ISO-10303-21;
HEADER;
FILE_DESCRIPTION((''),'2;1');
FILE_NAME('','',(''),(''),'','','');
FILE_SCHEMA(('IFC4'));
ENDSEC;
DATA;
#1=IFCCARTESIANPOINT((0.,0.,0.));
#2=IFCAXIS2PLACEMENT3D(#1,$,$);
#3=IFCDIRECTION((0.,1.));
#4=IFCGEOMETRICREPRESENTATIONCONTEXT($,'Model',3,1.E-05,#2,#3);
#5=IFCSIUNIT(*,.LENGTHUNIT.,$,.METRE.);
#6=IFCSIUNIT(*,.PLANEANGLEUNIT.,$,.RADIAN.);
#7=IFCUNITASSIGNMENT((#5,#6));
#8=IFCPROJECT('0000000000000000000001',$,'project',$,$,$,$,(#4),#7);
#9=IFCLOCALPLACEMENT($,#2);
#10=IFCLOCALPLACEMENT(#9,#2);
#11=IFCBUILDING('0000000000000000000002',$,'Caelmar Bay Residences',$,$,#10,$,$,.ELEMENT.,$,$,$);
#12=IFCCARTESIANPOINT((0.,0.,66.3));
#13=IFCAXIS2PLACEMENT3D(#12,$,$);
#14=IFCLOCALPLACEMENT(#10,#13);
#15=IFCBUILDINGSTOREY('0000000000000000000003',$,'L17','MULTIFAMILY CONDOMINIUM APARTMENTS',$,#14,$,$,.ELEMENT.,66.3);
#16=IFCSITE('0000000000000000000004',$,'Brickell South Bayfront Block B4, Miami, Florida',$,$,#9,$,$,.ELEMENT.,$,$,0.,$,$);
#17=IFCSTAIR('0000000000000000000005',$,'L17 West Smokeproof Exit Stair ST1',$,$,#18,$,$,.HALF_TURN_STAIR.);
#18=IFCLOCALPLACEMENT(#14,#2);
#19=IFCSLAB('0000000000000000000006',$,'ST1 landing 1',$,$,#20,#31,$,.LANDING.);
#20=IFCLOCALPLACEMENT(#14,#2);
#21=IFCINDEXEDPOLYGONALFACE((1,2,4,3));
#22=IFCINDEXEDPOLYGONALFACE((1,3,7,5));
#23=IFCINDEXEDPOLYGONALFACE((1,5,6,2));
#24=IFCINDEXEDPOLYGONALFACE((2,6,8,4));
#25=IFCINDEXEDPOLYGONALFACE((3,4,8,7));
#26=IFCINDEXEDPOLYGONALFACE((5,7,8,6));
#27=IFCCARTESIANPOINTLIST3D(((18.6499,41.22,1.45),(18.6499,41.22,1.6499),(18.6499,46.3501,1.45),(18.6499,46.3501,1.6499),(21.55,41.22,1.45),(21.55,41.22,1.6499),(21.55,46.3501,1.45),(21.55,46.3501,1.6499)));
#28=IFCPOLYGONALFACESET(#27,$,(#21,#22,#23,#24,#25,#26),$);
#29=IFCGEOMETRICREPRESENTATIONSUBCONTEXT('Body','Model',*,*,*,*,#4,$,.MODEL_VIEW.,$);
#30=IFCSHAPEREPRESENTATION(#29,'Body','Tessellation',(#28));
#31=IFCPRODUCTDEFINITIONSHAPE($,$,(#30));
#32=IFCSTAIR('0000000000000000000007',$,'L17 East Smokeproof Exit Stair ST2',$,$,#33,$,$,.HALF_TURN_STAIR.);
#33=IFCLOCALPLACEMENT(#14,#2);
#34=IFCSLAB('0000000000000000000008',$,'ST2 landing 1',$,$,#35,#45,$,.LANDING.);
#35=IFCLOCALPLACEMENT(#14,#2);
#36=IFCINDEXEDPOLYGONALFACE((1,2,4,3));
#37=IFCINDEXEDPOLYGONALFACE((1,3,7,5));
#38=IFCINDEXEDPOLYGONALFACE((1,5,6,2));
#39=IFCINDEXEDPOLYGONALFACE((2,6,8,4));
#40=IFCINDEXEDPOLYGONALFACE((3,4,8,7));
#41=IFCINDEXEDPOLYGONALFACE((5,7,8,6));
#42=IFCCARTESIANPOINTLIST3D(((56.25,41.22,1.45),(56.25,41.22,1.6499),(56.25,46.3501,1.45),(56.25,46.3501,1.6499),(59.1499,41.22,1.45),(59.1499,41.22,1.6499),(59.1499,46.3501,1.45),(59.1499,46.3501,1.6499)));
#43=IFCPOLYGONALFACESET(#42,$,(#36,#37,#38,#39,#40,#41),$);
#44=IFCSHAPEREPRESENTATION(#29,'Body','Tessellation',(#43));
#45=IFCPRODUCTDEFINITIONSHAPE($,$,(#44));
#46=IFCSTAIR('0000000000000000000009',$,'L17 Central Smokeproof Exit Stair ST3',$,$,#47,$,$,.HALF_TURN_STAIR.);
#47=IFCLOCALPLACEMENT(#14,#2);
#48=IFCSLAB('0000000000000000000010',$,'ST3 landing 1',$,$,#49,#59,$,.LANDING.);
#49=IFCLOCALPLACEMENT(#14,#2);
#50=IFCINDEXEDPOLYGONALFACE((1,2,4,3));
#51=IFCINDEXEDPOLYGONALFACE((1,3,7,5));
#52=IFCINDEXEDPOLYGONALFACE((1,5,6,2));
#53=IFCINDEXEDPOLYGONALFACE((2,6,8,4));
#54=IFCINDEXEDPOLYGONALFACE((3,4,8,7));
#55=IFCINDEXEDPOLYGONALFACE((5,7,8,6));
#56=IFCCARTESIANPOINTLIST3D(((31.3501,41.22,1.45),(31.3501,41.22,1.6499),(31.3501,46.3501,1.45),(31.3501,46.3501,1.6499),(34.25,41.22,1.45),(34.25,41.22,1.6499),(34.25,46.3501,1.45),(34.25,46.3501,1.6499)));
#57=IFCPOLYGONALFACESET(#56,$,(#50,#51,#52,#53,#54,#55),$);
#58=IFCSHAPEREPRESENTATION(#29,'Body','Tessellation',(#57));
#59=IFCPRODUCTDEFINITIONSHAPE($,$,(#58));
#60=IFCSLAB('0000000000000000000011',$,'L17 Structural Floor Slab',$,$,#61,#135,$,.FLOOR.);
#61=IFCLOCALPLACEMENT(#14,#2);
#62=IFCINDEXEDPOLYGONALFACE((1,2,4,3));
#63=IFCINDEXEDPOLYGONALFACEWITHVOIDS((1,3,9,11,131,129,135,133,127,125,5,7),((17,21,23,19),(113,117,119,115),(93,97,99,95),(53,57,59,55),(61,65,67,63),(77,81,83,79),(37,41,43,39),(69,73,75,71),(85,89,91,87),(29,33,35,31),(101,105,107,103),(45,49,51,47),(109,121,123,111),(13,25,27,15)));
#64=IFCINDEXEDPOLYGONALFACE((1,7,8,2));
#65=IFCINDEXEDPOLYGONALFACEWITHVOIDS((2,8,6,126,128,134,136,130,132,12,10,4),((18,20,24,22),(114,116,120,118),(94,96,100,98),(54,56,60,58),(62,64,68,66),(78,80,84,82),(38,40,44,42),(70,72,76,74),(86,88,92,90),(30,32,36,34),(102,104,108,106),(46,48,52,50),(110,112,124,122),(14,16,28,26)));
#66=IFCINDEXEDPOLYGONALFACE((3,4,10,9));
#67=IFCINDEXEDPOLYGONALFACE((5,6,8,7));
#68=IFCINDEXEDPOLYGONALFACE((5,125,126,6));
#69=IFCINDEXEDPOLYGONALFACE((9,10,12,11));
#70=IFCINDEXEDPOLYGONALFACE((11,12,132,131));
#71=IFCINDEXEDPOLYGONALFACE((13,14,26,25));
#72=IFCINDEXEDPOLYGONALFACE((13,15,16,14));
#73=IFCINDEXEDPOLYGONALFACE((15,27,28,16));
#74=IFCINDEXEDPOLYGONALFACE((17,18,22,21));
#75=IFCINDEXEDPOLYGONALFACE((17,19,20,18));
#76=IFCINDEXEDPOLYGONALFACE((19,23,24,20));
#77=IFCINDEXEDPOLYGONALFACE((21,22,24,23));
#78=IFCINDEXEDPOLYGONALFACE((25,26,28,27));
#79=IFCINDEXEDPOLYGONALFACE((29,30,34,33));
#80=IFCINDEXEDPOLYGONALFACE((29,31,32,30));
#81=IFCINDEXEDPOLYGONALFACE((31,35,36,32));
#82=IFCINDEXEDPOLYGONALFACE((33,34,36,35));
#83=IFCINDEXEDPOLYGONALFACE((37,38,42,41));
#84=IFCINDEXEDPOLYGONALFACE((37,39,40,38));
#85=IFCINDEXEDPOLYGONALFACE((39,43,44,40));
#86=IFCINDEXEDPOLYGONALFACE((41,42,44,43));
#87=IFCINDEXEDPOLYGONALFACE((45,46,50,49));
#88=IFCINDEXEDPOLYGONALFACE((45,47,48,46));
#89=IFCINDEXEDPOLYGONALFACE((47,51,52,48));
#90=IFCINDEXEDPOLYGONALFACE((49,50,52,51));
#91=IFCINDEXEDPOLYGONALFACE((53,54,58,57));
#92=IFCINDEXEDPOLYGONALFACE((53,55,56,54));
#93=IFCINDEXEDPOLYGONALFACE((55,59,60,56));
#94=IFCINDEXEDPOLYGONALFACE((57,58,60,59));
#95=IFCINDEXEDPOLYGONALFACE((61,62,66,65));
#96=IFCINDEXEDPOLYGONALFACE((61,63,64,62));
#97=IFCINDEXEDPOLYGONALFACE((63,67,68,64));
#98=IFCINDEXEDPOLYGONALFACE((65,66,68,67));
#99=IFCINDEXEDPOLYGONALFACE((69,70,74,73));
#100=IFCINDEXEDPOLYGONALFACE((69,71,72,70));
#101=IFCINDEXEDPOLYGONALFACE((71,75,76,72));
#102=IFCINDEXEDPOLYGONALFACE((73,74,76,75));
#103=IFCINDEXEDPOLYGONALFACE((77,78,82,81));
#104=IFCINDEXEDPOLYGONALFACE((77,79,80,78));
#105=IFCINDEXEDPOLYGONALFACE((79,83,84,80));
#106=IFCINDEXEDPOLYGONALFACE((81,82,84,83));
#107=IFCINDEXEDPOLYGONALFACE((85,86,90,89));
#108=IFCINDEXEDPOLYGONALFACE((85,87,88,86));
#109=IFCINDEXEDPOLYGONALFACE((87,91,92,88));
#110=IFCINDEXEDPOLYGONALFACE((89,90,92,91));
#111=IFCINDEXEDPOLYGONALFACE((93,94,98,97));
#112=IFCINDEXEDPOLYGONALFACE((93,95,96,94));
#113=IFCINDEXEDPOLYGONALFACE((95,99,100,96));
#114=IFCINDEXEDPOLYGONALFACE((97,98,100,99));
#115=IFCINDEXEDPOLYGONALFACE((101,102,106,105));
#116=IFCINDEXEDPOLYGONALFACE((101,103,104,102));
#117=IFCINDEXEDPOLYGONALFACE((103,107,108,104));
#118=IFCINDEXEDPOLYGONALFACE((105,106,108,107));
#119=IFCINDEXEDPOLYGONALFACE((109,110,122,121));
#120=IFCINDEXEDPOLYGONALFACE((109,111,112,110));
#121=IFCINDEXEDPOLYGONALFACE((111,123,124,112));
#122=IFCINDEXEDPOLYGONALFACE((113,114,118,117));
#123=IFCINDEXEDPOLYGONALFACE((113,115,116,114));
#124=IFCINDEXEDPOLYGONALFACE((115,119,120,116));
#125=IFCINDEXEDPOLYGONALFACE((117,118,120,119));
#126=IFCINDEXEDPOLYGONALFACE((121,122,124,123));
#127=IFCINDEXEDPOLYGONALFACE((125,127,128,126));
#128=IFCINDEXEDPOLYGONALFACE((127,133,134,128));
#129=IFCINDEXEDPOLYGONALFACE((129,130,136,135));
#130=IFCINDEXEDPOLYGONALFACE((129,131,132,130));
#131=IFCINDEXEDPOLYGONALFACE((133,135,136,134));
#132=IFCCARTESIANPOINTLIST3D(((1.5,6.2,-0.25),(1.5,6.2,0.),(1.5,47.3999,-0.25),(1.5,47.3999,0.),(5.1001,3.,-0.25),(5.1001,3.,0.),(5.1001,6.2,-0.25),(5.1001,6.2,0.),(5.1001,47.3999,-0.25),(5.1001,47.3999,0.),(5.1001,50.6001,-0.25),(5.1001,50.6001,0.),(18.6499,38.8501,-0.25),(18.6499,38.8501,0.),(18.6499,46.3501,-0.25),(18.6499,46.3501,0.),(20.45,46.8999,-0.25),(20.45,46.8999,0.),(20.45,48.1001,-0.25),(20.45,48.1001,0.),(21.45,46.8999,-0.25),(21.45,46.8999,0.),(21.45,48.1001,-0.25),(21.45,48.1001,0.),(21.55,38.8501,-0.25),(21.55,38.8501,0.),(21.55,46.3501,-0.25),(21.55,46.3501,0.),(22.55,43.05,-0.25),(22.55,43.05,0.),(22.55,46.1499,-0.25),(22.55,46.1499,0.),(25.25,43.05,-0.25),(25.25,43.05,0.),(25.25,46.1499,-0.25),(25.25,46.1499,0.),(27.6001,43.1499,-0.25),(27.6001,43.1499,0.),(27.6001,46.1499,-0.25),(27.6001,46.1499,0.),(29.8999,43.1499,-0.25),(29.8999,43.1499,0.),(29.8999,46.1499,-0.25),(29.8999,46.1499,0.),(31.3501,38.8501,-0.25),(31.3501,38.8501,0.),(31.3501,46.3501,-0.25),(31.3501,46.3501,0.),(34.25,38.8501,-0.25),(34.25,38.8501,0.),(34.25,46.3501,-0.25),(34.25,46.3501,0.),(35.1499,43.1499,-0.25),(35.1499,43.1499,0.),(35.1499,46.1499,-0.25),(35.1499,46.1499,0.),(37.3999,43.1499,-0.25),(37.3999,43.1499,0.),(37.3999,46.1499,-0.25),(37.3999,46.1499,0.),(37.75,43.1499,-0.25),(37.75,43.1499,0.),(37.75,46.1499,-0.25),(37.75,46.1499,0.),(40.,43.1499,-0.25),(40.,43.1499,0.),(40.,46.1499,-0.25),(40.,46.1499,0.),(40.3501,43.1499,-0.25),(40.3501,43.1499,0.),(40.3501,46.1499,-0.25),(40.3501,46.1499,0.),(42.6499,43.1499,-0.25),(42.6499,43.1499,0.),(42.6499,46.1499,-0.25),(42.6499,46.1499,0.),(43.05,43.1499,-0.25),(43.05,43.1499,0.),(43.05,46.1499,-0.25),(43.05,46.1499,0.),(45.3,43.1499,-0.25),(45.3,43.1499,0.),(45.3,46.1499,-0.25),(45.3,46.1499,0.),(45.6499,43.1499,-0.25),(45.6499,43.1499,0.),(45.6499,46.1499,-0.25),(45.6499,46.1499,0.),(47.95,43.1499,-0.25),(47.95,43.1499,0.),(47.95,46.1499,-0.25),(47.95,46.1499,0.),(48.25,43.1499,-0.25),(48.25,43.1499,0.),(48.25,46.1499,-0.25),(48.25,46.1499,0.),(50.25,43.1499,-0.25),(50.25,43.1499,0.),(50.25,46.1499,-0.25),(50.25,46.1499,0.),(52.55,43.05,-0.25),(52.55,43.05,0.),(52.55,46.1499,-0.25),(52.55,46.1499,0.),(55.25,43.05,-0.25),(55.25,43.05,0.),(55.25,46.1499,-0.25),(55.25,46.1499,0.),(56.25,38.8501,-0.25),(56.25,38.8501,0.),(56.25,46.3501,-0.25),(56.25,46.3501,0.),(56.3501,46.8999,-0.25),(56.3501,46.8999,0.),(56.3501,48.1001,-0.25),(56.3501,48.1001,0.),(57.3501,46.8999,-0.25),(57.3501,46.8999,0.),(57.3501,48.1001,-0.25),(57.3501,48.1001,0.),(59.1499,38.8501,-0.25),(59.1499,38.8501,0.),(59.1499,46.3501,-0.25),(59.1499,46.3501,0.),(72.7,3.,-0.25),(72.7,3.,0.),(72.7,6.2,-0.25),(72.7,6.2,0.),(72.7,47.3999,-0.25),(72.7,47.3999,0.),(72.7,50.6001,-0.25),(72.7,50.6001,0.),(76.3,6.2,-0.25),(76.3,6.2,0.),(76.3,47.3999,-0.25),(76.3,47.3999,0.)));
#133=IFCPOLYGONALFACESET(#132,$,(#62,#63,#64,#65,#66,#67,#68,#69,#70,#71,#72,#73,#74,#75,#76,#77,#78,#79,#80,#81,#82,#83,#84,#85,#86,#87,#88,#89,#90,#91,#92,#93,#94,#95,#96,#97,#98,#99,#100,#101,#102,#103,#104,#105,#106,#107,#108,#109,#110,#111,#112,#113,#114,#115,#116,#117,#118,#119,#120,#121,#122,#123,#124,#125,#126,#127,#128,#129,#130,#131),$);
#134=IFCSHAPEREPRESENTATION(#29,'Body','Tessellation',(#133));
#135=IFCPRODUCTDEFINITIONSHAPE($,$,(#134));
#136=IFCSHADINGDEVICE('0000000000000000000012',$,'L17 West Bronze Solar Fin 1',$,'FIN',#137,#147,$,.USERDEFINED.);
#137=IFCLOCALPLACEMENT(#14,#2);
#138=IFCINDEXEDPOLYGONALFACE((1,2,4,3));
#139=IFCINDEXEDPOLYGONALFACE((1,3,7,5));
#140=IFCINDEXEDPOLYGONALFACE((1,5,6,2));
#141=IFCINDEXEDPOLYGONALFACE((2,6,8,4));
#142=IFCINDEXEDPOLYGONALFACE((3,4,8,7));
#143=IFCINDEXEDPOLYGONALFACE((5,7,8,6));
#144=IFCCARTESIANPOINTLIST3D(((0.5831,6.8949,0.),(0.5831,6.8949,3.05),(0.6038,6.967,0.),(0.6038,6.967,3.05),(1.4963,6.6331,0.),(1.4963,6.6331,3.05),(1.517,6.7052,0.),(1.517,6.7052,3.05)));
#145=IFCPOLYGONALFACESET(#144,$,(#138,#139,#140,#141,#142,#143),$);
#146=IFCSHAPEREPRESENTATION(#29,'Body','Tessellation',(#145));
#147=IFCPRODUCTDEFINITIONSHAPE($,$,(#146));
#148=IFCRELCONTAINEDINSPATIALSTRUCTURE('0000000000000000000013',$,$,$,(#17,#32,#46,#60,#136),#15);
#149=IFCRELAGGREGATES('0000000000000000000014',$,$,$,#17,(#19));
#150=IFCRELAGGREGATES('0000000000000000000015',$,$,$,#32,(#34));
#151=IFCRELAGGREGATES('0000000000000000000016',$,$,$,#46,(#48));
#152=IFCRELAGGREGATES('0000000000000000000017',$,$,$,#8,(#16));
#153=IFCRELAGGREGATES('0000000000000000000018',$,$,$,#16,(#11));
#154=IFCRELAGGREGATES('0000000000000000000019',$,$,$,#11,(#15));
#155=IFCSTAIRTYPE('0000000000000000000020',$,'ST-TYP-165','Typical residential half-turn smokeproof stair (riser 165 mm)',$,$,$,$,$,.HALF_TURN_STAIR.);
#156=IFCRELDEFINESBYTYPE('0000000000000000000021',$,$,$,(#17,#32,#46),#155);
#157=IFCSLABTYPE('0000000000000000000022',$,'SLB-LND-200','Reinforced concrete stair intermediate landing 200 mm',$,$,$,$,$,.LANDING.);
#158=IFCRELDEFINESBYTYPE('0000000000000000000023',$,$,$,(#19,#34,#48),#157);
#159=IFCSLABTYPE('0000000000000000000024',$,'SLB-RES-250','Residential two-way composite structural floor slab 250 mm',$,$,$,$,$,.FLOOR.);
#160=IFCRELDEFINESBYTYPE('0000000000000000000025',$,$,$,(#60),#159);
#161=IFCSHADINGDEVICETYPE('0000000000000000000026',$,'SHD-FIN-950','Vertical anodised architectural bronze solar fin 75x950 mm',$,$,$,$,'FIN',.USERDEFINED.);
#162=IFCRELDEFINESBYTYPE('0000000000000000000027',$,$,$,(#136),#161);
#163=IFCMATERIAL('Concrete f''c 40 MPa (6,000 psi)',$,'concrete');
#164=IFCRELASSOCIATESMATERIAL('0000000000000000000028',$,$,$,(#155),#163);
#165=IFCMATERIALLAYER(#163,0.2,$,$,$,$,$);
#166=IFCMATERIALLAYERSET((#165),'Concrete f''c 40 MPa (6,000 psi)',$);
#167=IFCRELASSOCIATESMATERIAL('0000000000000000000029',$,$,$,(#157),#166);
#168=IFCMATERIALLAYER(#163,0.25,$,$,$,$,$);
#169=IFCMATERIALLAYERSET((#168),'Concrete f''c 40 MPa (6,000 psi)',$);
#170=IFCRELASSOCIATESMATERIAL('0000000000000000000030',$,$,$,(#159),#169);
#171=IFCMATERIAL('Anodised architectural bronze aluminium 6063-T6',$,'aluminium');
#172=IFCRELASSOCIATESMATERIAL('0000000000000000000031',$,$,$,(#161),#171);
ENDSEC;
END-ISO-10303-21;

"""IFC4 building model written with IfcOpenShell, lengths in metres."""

from ifc_helpers import new_model, si_unit, direction, frame, origin, origin_2d, place, context, subcontext, project, spatial, polyline, rectangle, outline, extrude, material, layer, layer_set, material_profile, profile_set, type_object, element, aggregate, save


model = new_model("IFC4")

# Units and contexts
model_context = context("Model", 3, precision=1e-05, world=origin(), true_north=direction((0.0, 1.0)))
body_context = subcontext(model_context, "Body", "Model", "MODEL_VIEW")
ifc_project = project(units=[si_unit("LENGTHUNIT", "METRE"), si_unit("PLANEANGLEUNIT", "RADIAN")], contexts=[model_context])

# Site, building, storey
site_placement = place(None, origin())
site = spatial("IfcSite", under=ifc_project, at=site_placement, Name="Brickell South Bayfront Block B4, Miami, Florida", CompositionType="ELEMENT", RefElevation=0.0)
building_placement = place(site_placement, origin())
building = spatial("IfcBuilding", under=site, at=building_placement, Name="Caelmar Bay Residences", CompositionType="ELEMENT")
storey_placement = place(building_placement, frame((0.0, 0.0, 66.3)))
storey = spatial("IfcBuildingStorey", under=building, at=storey_placement, Name="L17", Description="MULTIFAMILY CONDOMINIUM APARTMENTS", CompositionType="ELEMENT", Elevation=66.3)

# Shared definitions
ifc_material_1 = material(Name="Concrete f'c 40 MPa (6,000 psi)", Category="concrete")

# Stairs, slabs
stair_type = type_object("IfcStairType", Name="ST-TYP-165", Description="Typical residential half-turn smokeproof stair (riser 165 mm)", PredefinedType="HALF_TURN_STAIR", material=ifc_material_1)
stair_1_placement = place(storey_placement, origin())
stair_1 = element("IfcStair", 1, at=stair_1_placement, inside=storey, type_object=stair_type, Name="L17 West Smokeproof Exit Stair ST1", PredefinedType="HALF_TURN_STAIR")
ifc_layer_1 = layer(ifc_material_1, 0.2)
ifc_layer_set_1 = layer_set([ifc_layer_1], Name="Concrete f'c 40 MPa (6,000 psi)")
slab_type_1 = type_object("IfcSlabType", Name="SLB-LND-200", Description="Reinforced concrete stair intermediate landing 200 mm", PredefinedType="LANDING", material=ifc_layer_set_1)
slab_1_placement = place(storey_placement, frame((0.0, 0.0, 1.45)))
slab_1 = element("IfcSlab", 2, at=slab_1_placement, type_object=slab_type_1, Name="ST1 landing 1", PredefinedType="LANDING", context=body_context, shape_type="SweptSolid", body=[
    extrude(outline(polyline([(21.55, 41.22), (21.55, 46.3501), (18.6499, 46.3501), (18.6499, 41.22), (21.55, 41.22)])), origin(), (0.0, 0.0, 1.0), 0.2),
])
aggregate(stair_1, [slab_1])
stair_2_placement = place(storey_placement, origin())
stair_2 = element("IfcStair", 3, at=stair_2_placement, inside=storey, type_object=stair_type, Name="L17 East Smokeproof Exit Stair ST2", PredefinedType="HALF_TURN_STAIR")
slab_2_placement = place(storey_placement, frame((0.0, 0.0, 1.45)))
slab_2 = element("IfcSlab", 4, at=slab_2_placement, type_object=slab_type_1, Name="ST2 landing 1", PredefinedType="LANDING", context=body_context, shape_type="SweptSolid", body=[
    extrude(outline(polyline([(59.1499, 41.22), (59.1499, 46.3501), (56.25, 46.3501), (56.25, 41.22), (59.1499, 41.22)])), origin(), (0.0, 0.0, 1.0), 0.2),
])
aggregate(stair_2, [slab_2])
stair_3_placement = place(storey_placement, origin())
stair_3 = element("IfcStair", 5, at=stair_3_placement, inside=storey, type_object=stair_type, Name="L17 Central Smokeproof Exit Stair ST3", PredefinedType="HALF_TURN_STAIR")
slab_3_placement = place(storey_placement, frame((0.0, 0.0, 1.45)))
slab_3 = element("IfcSlab", 6, at=slab_3_placement, type_object=slab_type_1, Name="ST3 landing 1", PredefinedType="LANDING", context=body_context, shape_type="SweptSolid", body=[
    extrude(outline(polyline([(34.25, 41.22), (34.25, 46.3501), (31.3501, 46.3501), (31.3501, 41.22), (34.25, 41.22)])), origin(), (0.0, 0.0, 1.0), 0.2),
])
aggregate(stair_3, [slab_3])

# Slab
ifc_layer_2 = layer(ifc_material_1, 0.25)
ifc_layer_set_2 = layer_set([ifc_layer_2], Name="Concrete f'c 40 MPa (6,000 psi)")
slab_type_2 = type_object("IfcSlabType", Name="SLB-RES-250", Description="Residential two-way composite structural floor slab 250 mm", PredefinedType="FLOOR", material=ifc_layer_set_2)
slab_4_placement = place(storey_placement, frame((0.0, 0.0, -0.25)))
element("IfcSlab", 7, at=slab_4_placement, inside=storey, type_object=slab_type_2, Name="L17 Structural Floor Slab", PredefinedType="FLOOR", context=body_context, shape_type="SweptSolid", body=[
    extrude(outline(polyline([(5.1001, 3.0), (72.7, 3.0), (72.7, 6.2), (76.3, 6.2), (76.3, 47.3999), (72.7, 47.3999), (72.7, 50.6001), (5.1001, 50.6001), (5.1001, 47.3999), (1.5, 47.3999), (1.5, 6.2), (5.1001, 6.2), (5.1001, 3.0)]), holes=[polyline([(18.6499, 38.8501), (21.55, 38.8501), (21.55, 46.3501), (18.6499, 46.3501), (18.6499, 38.8501)]), polyline([(56.25, 38.8501), (59.1499, 38.8501), (59.1499, 46.3501), (56.25, 46.3501), (56.25, 38.8501)]), polyline([(31.3501, 38.8501), (34.25, 38.8501), (34.25, 46.3501), (31.3501, 46.3501), (31.3501, 38.8501)]), polyline([(22.55, 43.05), (25.25, 43.05), (25.25, 46.1499), (22.55, 46.1499), (22.55, 43.05)]), polyline([(52.55, 43.05), (55.25, 43.05), (55.25, 46.1499), (52.55, 46.1499), (52.55, 43.05)]), polyline([(35.1499, 43.1499), (37.3999, 43.1499), (37.3999, 46.1499), (35.1499, 46.1499), (35.1499, 43.1499)]), polyline([(37.75, 43.1499), (40.0, 43.1499), (40.0, 46.1499), (37.75, 46.1499), (37.75, 43.1499)]), polyline([(40.3501, 43.1499), (42.6499, 43.1499), (42.6499, 46.1499), (40.3501, 46.1499), (40.3501, 43.1499)]), polyline([(43.05, 43.1499), (45.3, 43.1499), (45.3, 46.1499), (43.05, 46.1499), (43.05, 43.1499)]), polyline([(45.6499, 43.1499), (47.95, 43.1499), (47.95, 46.1499), (45.6499, 46.1499), (45.6499, 43.1499)]), polyline([(48.25, 43.1499), (50.25, 43.1499), (50.25, 46.1499), (48.25, 46.1499), (48.25, 43.1499)]), polyline([(27.6001, 43.1499), (29.8999, 43.1499), (29.8999, 46.1499), (27.6001, 46.1499), (27.6001, 43.1499)]), polyline([(20.45, 46.8999), (21.45, 46.8999), (21.45, 48.1001), (20.45, 48.1001), (20.45, 46.8999)]), polyline([(56.3501, 46.8999), (57.3501, 46.8999), (57.3501, 48.1001), (56.3501, 48.1001), (56.3501, 46.8999)])]), origin(), (0.0, 0.0, 1.0), 0.25),
])

# Shading device
ifc_material_2 = material(Name="Anodised architectural bronze aluminium 6063-T6", Category="aluminium")
ifc_material_profile_1 = material_profile(ifc_material_2, rectangle(XDim=0.075, YDim=0.95, at=origin_2d()), Name="BRONZE-FIN-75X950")
ifc_profile_set_1 = profile_set([ifc_material_profile_1], Name="Anodised architectural bronze aluminium 6063-T6")
shading_device_type = type_object("IfcShadingDeviceType", Name="SHD-FIN-950", Description="Vertical anodised architectural bronze solar fin 75x950 mm", ElementType="FIN", PredefinedType="USERDEFINED", material=ifc_profile_set_1)
shading_device_placement = place(storey_placement, frame((1.05, 6.8, 0.0), z_axis=(0.0, 0.0, 1.0), x_axis=(0.275637, 0.961262, 0.0)))
element("IfcShadingDevice", 8, at=shading_device_placement, inside=storey, type_object=shading_device_type, Name="L17 West Bronze Solar Fin 1", ObjectType="FIN", PredefinedType="USERDEFINED", context=body_context, shape_type="SweptSolid", body=[
    extrude(rectangle(XDim=0.075, YDim=0.95, at=origin_2d()), origin(), (0.0, 0.0, 1.0), 3.05),
])

save(model, "model.ifc")
